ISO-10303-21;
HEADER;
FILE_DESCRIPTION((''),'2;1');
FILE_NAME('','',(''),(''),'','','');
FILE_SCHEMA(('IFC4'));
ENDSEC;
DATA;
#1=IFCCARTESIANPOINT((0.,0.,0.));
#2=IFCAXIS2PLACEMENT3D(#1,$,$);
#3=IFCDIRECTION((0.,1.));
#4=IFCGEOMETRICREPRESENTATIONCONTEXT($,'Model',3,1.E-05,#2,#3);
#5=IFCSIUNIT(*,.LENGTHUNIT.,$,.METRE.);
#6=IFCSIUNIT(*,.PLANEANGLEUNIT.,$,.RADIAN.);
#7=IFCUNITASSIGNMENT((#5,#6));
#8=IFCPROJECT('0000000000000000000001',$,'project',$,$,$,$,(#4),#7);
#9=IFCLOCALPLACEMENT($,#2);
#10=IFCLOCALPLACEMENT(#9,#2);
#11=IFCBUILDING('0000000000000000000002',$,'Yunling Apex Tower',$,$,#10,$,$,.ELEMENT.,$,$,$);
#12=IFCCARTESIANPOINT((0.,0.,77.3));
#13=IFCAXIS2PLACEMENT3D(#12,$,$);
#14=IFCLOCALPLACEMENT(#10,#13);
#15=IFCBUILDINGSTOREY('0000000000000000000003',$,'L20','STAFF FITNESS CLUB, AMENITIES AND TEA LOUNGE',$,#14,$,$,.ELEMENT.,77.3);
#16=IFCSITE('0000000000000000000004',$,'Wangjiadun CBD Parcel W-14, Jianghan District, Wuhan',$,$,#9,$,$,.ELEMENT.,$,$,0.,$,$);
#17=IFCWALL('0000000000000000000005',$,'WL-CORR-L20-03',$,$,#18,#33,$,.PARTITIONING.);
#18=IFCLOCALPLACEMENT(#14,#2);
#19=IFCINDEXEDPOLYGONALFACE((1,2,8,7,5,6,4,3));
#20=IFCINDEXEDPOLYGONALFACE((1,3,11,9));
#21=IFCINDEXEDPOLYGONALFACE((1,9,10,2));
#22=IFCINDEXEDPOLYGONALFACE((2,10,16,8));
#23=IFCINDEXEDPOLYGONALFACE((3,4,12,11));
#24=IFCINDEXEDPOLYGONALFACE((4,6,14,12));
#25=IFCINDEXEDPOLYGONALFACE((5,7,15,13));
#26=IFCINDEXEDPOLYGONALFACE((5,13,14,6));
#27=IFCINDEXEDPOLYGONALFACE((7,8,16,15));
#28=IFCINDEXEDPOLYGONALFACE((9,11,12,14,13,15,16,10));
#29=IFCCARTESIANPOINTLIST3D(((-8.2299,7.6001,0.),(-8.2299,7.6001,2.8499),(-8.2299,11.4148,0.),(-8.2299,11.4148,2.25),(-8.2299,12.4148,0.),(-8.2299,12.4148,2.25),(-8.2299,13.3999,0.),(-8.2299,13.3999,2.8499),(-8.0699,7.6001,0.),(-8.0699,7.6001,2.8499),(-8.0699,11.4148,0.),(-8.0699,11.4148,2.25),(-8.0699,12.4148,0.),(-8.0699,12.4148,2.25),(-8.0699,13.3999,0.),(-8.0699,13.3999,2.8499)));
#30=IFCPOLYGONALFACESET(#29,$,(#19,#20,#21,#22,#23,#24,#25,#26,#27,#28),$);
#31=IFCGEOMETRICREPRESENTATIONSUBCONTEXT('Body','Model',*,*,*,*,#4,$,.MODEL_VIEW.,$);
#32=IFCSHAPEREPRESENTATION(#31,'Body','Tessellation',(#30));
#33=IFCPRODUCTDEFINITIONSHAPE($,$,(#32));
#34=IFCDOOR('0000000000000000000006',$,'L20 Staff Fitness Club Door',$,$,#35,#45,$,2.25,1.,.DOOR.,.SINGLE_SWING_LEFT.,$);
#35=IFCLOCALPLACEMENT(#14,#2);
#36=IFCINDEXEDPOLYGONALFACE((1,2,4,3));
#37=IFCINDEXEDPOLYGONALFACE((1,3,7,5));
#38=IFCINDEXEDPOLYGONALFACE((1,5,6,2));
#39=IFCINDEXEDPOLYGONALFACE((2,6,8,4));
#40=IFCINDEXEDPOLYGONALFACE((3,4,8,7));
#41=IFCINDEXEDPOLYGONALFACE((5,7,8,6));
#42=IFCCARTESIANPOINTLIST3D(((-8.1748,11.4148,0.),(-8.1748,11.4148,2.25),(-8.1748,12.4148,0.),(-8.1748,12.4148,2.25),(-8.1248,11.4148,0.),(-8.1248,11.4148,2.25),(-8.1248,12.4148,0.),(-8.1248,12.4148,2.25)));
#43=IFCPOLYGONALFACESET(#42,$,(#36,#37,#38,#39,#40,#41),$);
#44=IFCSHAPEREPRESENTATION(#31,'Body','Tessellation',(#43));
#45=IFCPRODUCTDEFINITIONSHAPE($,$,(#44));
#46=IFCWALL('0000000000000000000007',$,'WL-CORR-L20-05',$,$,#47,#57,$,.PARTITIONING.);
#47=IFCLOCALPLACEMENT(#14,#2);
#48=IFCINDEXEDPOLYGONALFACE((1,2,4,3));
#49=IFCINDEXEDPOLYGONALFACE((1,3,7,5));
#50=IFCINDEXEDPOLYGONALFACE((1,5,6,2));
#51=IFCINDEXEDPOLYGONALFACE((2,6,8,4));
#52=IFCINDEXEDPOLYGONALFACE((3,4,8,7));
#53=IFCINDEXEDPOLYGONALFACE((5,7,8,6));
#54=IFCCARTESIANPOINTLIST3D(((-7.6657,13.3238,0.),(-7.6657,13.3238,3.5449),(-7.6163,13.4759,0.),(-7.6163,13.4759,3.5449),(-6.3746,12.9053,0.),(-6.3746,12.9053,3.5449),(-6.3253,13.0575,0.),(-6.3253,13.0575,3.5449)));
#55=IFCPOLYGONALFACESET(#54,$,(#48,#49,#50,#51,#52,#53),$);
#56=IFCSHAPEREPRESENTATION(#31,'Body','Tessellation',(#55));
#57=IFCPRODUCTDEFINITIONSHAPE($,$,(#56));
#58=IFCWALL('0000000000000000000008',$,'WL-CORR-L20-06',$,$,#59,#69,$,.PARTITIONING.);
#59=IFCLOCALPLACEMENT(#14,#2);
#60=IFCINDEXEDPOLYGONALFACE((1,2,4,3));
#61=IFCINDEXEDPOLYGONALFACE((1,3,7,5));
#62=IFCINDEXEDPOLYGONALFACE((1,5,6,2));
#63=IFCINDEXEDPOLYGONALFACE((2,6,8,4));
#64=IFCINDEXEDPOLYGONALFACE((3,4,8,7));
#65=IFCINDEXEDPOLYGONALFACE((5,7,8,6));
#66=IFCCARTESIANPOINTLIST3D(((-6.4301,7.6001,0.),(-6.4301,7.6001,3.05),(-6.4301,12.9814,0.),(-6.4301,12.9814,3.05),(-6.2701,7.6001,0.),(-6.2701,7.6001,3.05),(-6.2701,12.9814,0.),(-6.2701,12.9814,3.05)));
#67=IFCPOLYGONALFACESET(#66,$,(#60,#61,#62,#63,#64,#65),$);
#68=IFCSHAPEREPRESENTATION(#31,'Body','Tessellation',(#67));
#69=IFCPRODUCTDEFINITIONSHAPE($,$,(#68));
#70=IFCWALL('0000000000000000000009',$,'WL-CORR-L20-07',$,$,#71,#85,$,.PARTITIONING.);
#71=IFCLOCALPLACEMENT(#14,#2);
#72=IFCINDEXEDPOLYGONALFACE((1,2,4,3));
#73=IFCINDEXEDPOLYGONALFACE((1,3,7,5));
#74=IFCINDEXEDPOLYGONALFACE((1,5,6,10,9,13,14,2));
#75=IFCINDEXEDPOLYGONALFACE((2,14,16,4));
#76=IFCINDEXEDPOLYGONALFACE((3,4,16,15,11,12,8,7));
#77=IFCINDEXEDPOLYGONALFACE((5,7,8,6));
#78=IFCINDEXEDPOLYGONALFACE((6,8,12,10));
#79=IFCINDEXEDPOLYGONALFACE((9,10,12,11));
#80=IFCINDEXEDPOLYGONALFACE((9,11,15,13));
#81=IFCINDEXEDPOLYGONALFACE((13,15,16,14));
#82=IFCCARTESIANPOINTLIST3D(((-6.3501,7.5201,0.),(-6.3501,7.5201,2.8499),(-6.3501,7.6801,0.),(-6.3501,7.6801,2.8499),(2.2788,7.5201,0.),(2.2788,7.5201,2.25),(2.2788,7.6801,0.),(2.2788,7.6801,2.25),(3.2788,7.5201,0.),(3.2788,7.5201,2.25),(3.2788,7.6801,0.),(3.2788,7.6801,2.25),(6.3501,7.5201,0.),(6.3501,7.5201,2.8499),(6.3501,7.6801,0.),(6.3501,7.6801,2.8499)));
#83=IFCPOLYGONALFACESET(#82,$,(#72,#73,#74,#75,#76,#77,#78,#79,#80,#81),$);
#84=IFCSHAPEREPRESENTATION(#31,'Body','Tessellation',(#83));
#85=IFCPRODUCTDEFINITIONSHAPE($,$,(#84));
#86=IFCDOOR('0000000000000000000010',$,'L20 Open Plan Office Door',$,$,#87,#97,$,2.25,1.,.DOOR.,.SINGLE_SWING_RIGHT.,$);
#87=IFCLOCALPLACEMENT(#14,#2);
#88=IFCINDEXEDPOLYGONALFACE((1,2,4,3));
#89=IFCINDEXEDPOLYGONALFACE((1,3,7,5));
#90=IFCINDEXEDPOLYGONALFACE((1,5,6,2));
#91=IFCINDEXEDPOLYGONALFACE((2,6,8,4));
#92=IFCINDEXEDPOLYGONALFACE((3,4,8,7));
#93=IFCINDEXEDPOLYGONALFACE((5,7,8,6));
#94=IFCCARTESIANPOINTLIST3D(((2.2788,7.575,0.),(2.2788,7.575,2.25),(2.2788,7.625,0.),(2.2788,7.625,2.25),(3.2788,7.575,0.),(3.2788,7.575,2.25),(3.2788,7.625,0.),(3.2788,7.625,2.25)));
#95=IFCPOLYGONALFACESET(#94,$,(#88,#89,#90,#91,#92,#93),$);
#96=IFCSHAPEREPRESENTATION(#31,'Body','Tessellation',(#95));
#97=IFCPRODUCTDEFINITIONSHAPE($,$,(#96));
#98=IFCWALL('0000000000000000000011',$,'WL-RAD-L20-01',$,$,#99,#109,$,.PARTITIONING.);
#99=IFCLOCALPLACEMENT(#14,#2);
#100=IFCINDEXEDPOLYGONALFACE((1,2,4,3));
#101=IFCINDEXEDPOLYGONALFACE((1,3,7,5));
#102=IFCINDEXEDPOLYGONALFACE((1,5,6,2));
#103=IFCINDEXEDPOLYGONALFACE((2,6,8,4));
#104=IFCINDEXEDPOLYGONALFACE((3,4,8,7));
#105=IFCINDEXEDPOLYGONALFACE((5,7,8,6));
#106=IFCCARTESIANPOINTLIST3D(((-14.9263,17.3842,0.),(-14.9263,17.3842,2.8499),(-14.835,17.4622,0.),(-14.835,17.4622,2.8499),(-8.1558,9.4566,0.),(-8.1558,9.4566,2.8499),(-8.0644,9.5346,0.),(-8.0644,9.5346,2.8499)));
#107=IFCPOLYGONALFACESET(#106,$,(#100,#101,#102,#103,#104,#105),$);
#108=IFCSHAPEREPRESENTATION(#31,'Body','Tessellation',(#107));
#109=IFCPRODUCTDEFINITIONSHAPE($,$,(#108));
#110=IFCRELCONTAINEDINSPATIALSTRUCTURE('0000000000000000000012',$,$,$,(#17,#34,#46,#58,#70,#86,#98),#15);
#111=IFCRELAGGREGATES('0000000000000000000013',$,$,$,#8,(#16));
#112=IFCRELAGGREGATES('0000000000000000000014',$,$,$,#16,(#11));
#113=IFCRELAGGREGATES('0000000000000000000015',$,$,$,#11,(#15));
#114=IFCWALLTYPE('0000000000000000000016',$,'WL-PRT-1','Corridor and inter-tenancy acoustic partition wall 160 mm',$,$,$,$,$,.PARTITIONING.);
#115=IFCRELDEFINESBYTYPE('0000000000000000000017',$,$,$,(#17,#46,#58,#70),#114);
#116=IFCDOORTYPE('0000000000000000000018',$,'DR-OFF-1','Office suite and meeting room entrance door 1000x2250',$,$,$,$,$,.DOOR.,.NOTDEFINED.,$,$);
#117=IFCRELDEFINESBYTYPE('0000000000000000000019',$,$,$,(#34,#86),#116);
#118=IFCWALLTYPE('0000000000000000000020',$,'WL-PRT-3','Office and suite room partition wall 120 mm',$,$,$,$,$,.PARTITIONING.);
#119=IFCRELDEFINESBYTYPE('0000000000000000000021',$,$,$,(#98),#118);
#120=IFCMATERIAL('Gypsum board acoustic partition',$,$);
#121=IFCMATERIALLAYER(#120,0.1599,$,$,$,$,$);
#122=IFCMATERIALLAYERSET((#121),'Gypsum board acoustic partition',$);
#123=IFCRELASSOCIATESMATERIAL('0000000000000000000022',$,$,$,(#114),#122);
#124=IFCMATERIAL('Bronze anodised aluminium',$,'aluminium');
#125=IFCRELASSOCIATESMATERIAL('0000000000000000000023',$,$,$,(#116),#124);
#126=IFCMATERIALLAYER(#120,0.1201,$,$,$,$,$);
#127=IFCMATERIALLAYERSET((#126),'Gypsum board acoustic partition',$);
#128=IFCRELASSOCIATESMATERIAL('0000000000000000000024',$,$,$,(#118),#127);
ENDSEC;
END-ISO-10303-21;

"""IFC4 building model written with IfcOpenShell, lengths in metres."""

from ifc_helpers import new_model, si_unit, direction, frame, frame_2d, origin, place, context, subcontext, project, spatial, rectangle, extrude, material, layer, layer_set, type_object, element, fill, save


model = new_model("IFC4")

# Units and contexts
model_context = context("Model", 3, precision=1e-05, world=origin(), true_north=direction((0.0, 1.0)))
body_context = subcontext(model_context, "Body", "Model", "MODEL_VIEW")
ifc_project = project(units=[si_unit("LENGTHUNIT", "METRE"), si_unit("PLANEANGLEUNIT", "RADIAN")], contexts=[model_context])

# Site, building, storey
site_placement = place(None, origin())
site = spatial("IfcSite", under=ifc_project, at=site_placement, Name="Wangjiadun CBD Parcel W-14, Jianghan District, Wuhan", CompositionType="ELEMENT", RefElevation=0.0)
building_placement = place(site_placement, origin())
building = spatial("IfcBuilding", under=site, at=building_placement, Name="Yunling Apex Tower", CompositionType="ELEMENT")
storey_placement = place(building_placement, frame((0.0, 0.0, 77.3)))
storey = spatial("IfcBuildingStorey", under=building, at=storey_placement, Name="L20", Description="STAFF FITNESS CLUB, AMENITIES AND TEA LOUNGE", CompositionType="ELEMENT", Elevation=77.3)

# Shared definitions
ifc_material_1 = material(Name="Bronze anodised aluminium", Category="aluminium")

# Wall, opening, door
ifc_material_2 = material(Name="Gypsum board acoustic partition")
ifc_layer_1 = layer(ifc_material_2, 0.1599)
ifc_layer_set_1 = layer_set([ifc_layer_1], Name="Gypsum board acoustic partition")
wall_type_1 = type_object("IfcWallType", Name="WL-PRT-1", Description="Corridor and inter-tenancy acoustic partition wall 160 mm", PredefinedType="PARTITIONING", material=ifc_layer_set_1)
wall_1_placement = place(storey_placement, frame((-8.1499, 7.6001, 0.0), z_axis=(0.0, 0.0, 1.0), x_axis=(0.0, 1.0, 0.0)))
wall_1 = element("IfcWall", 1, at=wall_1_placement, inside=storey, type_object=wall_type_1, Name="WL-CORR-L20-03", PredefinedType="PARTITIONING", context=body_context, shape_type="SweptSolid", body=[
    extrude(rectangle(XDim=5.7998, YDim=0.1599, at=frame_2d((2.8999, 0.0))), origin(), (0.0, 0.0, 1.0), 2.8499),
])
opening_1_placement = place(wall_1_placement, frame((3.8147, 0.0, 0.0)))
opening_1 = element("IfcOpeningElement", 2, at=opening_1_placement, cuts=wall_1, PredefinedType="OPENING", context=body_context, shape_type="SweptSolid", body=[
    extrude(rectangle(XDim=1.0, YDim=2.25, at=frame_2d((0.5, 1.125))), frame((0.0, 0.0898, 0.0), z_axis=(0.0, -1.0, 0.0), x_axis=(1.0, 0.0, 0.0)), (0.0, 0.0, 1.0), 0.1799),
])
door_type = type_object("IfcDoorType", Name="DR-OFF-1", Description="Office suite and meeting room entrance door 1000x2250", OperationType="NOTDEFINED", PredefinedType="DOOR", material=ifc_material_1)
door_1_placement = place(opening_1_placement, origin())
door_1 = element("IfcDoor", 3, at=door_1_placement, inside=storey, type_object=door_type, Name="L20 Staff Fitness Club Door", OperationType="SINGLE_SWING_LEFT", OverallHeight=2.25, OverallWidth=1.0, PredefinedType="DOOR", context=body_context, shape_type="SweptSolid", body=[
    extrude(rectangle(XDim=1.0, YDim=2.25, at=frame_2d((0.5, 1.125))), frame((0.0, 0.0249, 0.0), z_axis=(0.0, -1.0, 0.0), x_axis=(1.0, 0.0, 0.0)), (0.0, 0.0, 1.0), 0.05),
])
fill(opening_1, door_1)

# Walls
wall_2_placement = place(storey_placement, frame((-7.6411, 13.3999, 0.0), z_axis=(0.0, 0.0, 1.0), x_axis=(0.951277, -0.308338, 0.0)))
element("IfcWall", 4, at=wall_2_placement, inside=storey, type_object=wall_type_1, Name="WL-CORR-L20-05", PredefinedType="PARTITIONING", context=body_context, shape_type="SweptSolid", body=[
    extrude(rectangle(XDim=1.3572, YDim=0.1599, at=frame_2d((0.6787, 0.0))), origin(), (0.0, 0.0, 1.0), 3.5449),
])
wall_3_placement = place(storey_placement, frame((-6.3501, 12.9814, 0.0), z_axis=(0.0, 0.0, 1.0), x_axis=(0.0, -1.0, 0.0)))
element("IfcWall", 5, at=wall_3_placement, inside=storey, type_object=wall_type_1, Name="WL-CORR-L20-06", PredefinedType="PARTITIONING", context=body_context, shape_type="SweptSolid", body=[
    extrude(rectangle(XDim=5.3813, YDim=0.1599, at=frame_2d((2.6907, 0.0))), origin(), (0.0, 0.0, 1.0), 3.05),
])

# Wall, opening, door
wall_4_placement = place(storey_placement, frame((-6.3501, 7.6001, 0.0), z_axis=(0.0, 0.0, 1.0), x_axis=(1.0, 0.0, 0.0)))
wall_4 = element("IfcWall", 6, at=wall_4_placement, inside=storey, type_object=wall_type_1, Name="WL-CORR-L20-07", PredefinedType="PARTITIONING", context=body_context, shape_type="SweptSolid", body=[
    extrude(rectangle(XDim=12.7002, YDim=0.1599, at=frame_2d((6.3501, 0.0))), origin(), (0.0, 0.0, 1.0), 2.8499),
])
opening_2_placement = place(wall_4_placement, frame((8.6289, 0.0, 0.0)))
opening_2 = element("IfcOpeningElement", 7, at=opening_2_placement, cuts=wall_4, PredefinedType="OPENING", context=body_context, shape_type="SweptSolid", body=[
    extrude(rectangle(XDim=1.0, YDim=2.25, at=frame_2d((0.5, 1.125))), frame((0.0, 0.0898, 0.0), z_axis=(0.0, -1.0, 0.0), x_axis=(1.0, 0.0, 0.0)), (0.0, 0.0, 1.0), 0.1799),
])
door_2_placement = place(opening_2_placement, origin())
door_2 = element("IfcDoor", 8, at=door_2_placement, inside=storey, type_object=door_type, Name="L20 Open Plan Office Door", OperationType="SINGLE_SWING_RIGHT", OverallHeight=2.25, OverallWidth=1.0, PredefinedType="DOOR", context=body_context, shape_type="SweptSolid", body=[
    extrude(rectangle(XDim=1.0, YDim=2.25, at=frame_2d((0.5, 1.125))), frame((0.0, 0.0249, 0.0), z_axis=(0.0, -1.0, 0.0), x_axis=(1.0, 0.0, 0.0)), (0.0, 0.0, 1.0), 0.05),
])
fill(opening_2, door_2)

# Wall
ifc_layer_2 = layer(ifc_material_2, 0.1201)
ifc_layer_set_2 = layer_set([ifc_layer_2], Name="Gypsum board acoustic partition")
wall_type_2 = type_object("IfcWallType", Name="WL-PRT-3", Description="Office and suite room partition wall 120 mm", PredefinedType="PARTITIONING", material=ifc_layer_set_2)
wall_5_placement = place(storey_placement, frame((-8.1101, 9.4956, 0.0), z_axis=(0.0, 0.0, 1.0), x_axis=(-0.649436, 0.760416, 0.0)))
element("IfcWall", 9, at=wall_5_placement, inside=storey, type_object=wall_type_2, Name="WL-RAD-L20-01", PredefinedType="PARTITIONING", context=body_context, shape_type="SweptSolid", body=[
    extrude(rectangle(XDim=10.4253, YDim=0.1201, at=frame_2d((5.2126, 0.0))), origin(), (0.0, 0.0, 1.0), 2.8499),
])

save(model, "model.ifc")
